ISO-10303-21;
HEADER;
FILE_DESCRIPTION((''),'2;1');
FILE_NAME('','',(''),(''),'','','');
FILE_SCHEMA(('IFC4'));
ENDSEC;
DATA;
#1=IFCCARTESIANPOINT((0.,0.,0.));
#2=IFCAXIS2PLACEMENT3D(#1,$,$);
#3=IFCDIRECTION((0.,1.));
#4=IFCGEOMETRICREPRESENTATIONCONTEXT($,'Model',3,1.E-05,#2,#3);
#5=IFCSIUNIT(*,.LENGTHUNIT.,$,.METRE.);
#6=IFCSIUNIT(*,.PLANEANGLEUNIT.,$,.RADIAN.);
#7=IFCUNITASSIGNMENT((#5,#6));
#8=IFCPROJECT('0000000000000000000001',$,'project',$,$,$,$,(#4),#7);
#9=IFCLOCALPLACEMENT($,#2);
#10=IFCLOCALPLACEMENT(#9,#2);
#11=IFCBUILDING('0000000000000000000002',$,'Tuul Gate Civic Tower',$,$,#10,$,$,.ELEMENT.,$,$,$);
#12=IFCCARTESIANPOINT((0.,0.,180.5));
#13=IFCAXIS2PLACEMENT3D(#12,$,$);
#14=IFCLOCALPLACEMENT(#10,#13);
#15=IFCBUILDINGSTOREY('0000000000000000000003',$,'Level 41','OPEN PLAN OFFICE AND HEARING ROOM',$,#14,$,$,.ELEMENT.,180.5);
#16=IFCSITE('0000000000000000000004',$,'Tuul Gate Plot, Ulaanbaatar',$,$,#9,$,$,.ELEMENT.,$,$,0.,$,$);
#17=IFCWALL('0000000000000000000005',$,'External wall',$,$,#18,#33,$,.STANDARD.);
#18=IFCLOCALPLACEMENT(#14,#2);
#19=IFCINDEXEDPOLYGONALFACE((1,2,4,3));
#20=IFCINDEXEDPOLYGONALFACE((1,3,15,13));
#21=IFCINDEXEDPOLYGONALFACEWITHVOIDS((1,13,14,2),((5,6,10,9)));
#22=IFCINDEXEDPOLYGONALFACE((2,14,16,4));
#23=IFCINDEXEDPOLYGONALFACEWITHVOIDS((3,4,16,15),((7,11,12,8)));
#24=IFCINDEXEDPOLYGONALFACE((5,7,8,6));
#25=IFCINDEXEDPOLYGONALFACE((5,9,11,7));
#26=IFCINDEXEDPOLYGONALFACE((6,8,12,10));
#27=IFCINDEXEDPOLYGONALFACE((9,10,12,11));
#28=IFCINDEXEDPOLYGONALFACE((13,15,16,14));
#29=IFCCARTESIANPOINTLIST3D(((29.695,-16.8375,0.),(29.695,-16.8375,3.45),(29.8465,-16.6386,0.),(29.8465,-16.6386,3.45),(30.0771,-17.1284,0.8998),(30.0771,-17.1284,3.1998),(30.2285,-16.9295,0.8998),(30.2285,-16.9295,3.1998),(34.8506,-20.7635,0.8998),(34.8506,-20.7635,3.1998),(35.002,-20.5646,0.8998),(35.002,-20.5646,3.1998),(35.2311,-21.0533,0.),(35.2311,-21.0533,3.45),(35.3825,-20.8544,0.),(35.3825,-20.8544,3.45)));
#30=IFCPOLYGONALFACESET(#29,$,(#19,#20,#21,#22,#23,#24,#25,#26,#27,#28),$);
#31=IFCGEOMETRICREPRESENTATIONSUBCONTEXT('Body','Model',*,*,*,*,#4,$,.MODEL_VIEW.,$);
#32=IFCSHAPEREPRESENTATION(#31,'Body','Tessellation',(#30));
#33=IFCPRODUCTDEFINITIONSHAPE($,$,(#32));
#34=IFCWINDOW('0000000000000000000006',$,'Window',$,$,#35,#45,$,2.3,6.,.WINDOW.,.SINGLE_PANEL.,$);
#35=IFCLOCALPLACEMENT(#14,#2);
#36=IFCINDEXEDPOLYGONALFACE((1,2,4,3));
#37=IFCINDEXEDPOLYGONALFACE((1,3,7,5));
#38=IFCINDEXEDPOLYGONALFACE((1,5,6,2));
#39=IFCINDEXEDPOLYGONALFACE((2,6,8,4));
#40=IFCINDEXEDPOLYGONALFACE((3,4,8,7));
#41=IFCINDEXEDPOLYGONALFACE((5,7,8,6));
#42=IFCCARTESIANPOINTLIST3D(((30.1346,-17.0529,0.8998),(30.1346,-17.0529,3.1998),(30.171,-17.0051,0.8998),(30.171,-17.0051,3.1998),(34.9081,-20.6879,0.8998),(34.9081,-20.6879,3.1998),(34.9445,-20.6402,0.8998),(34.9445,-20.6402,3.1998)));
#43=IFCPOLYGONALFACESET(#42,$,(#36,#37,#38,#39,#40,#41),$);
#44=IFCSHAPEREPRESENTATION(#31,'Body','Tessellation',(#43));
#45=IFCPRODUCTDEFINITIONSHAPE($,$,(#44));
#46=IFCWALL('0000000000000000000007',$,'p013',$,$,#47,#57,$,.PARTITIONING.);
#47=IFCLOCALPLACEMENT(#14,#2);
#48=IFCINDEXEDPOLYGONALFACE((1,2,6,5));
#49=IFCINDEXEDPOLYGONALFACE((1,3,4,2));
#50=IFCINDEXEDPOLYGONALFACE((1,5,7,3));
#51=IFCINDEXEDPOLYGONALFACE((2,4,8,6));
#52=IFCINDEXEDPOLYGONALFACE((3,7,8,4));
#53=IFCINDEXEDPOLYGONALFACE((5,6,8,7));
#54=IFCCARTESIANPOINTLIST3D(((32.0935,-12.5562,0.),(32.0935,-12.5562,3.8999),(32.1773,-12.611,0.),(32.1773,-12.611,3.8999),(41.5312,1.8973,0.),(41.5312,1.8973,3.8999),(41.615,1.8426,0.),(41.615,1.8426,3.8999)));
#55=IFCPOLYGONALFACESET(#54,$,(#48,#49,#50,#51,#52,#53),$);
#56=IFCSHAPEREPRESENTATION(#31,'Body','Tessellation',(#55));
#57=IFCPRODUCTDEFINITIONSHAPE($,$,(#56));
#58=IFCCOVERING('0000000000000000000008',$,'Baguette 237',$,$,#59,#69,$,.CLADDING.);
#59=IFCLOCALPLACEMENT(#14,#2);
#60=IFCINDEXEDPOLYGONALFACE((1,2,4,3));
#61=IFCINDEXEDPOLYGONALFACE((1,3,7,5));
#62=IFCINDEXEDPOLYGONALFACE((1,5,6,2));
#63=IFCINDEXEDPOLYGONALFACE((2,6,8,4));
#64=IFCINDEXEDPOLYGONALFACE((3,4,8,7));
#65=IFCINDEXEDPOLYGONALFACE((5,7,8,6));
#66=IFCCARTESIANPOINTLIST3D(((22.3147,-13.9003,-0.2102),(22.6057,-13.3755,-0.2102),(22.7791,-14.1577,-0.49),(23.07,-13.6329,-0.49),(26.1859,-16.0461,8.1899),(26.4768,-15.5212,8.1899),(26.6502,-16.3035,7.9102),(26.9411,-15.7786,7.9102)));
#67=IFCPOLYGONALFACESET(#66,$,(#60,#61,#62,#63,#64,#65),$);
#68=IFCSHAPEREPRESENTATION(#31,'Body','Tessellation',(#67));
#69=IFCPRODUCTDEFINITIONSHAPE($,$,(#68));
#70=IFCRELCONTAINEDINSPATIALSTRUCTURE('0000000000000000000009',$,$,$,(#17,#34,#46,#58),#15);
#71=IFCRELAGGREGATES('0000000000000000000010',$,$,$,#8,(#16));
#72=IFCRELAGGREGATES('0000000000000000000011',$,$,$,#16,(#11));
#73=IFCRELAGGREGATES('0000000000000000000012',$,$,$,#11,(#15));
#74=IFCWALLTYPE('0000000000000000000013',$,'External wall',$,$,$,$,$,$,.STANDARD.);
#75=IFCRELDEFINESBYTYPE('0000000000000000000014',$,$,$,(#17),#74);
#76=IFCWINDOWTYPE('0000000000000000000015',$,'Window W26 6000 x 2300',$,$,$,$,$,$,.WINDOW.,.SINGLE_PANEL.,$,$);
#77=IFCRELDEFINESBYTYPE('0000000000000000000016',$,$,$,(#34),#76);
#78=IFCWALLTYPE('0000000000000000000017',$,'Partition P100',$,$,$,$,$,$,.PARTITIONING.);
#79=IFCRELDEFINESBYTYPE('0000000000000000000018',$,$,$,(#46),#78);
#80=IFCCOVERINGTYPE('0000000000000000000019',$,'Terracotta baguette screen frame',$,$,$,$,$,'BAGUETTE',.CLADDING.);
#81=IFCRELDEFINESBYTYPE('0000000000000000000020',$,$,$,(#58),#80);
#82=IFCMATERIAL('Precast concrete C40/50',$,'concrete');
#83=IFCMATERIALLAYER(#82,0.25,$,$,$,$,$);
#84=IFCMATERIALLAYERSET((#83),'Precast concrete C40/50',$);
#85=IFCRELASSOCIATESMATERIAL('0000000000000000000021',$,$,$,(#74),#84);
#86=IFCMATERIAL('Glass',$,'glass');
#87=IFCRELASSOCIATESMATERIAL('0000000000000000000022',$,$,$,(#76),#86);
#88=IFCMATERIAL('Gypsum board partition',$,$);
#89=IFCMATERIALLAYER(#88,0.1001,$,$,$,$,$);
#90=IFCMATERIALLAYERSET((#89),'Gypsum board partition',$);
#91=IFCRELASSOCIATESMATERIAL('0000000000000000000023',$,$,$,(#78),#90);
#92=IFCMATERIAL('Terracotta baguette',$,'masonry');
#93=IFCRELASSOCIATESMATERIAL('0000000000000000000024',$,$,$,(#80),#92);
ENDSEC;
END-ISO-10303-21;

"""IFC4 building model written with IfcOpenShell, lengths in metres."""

from ifc_helpers import new_model, si_unit, direction, frame, frame_2d, origin, origin_2d, place, context, subcontext, project, spatial, rectangle, extrude, material, layer, layer_set, material_profile, profile_set, type_object, element, fill, save


model = new_model("IFC4")

# Units and contexts
model_context = context("Model", 3, precision=1e-05, world=origin(), true_north=direction((0.0, 1.0)))
body_context = subcontext(model_context, "Body", "Model", "MODEL_VIEW")
ifc_project = project(units=[si_unit("LENGTHUNIT", "METRE"), si_unit("PLANEANGLEUNIT", "RADIAN")], contexts=[model_context])

# Site, building, storey
site_placement = place(None, origin())
site = spatial("IfcSite", under=ifc_project, at=site_placement, Name="Tuul Gate Plot, Ulaanbaatar", CompositionType="ELEMENT", RefElevation=0.0)
building_placement = place(site_placement, origin())
building = spatial("IfcBuilding", under=site, at=building_placement, Name="Tuul Gate Civic Tower", CompositionType="ELEMENT")
storey_placement = place(building_placement, frame((0.0, 0.0, 180.5)))
storey = spatial("IfcBuildingStorey", under=building, at=storey_placement, Name="Level 41", Description="OPEN PLAN OFFICE AND HEARING ROOM", CompositionType="ELEMENT", Elevation=180.5)

# Wall, opening, window
ifc_material_1 = material(Name="Precast concrete C40/50", Category="concrete")
ifc_layer_1 = layer(ifc_material_1, 0.25)
ifc_layer_set_1 = layer_set([ifc_layer_1], Name="Precast concrete C40/50")
wall_type_1 = type_object("IfcWallType", Name="External wall", PredefinedType="STANDARD", material=ifc_layer_set_1)
ifc_material_2 = material(Name="Glass", Category="glass")
window_type = type_object("IfcWindowType", Name="Window W26 6000 x 2300", PartitioningType="SINGLE_PANEL", PredefinedType="WINDOW", material=ifc_material_2)
wall_1_placement = place(storey_placement, frame((29.7708, -16.738, 0.0), z_axis=(0.0, 0.0, 1.0), x_axis=(0.795583, -0.605844, 0.0)))
wall_1 = element("IfcWall", 1, at=wall_1_placement, inside=storey, type_object=wall_type_1, Name="External wall", PredefinedType="STANDARD", context=body_context, shape_type="SweptSolid", body=[
    extrude(rectangle(XDim=6.9585, YDim=0.25, at=frame_2d((3.4792, 0.0))), origin(), (0.0, 0.0, 1.0), 3.45),
])
opening_1_placement = place(wall_1_placement, frame((0.4802, 0.0, 0.8999)))
opening_1 = element("IfcOpeningElement", 2, at=opening_1_placement, cuts=wall_1, PredefinedType="OPENING", context=body_context, shape_type="SweptSolid", body=[
    extrude(rectangle(XDim=6.0, YDim=2.3, at=frame_2d((3.0, 1.1499))), frame((0.0, 0.135, 0.0), z_axis=(0.0, -1.0, 0.0), x_axis=(1.0, 0.0, 0.0)), (0.0, 0.0, 1.0), 0.27),
])
window_1_placement = place(opening_1_placement, origin())
window_1 = element("IfcWindow", 3, at=window_1_placement, inside=storey, type_object=window_type, Name="Window", OverallHeight=2.3, OverallWidth=6.0, PartitioningType="SINGLE_PANEL", PredefinedType="WINDOW", context=body_context, shape_type="SweptSolid", body=[
    extrude(rectangle(XDim=6.0, YDim=2.3, at=frame_2d((3.0, 1.1499))), frame((0.0, 0.03, 0.0), z_axis=(0.0, -1.0, 0.0), x_axis=(1.0, 0.0, 0.0)), (0.0, 0.0, 1.0), 0.0601),
])
fill(opening_1, window_1)

# Wall
ifc_material_3 = material(Name="Gypsum board partition")
ifc_layer_2 = layer(ifc_material_3, 0.1001)
ifc_layer_set_2 = layer_set([ifc_layer_2], Name="Gypsum board partition")
wall_type_2 = type_object("IfcWallType", Name="Partition P100", PredefinedType="PARTITIONING", material=ifc_layer_set_2)
wall_2_placement = place(storey_placement, frame((32.1355, -12.5835, 0.0), z_axis=(0.0, 0.0, 1.0), x_axis=(0.546734, 0.837306, 0.0)))
element("IfcWall", 4, at=wall_2_placement, inside=storey, type_object=wall_type_2, Name="p013", PredefinedType="PARTITIONING", context=body_context, shape_type="SweptSolid", body=[
    extrude(rectangle(XDim=17.262, YDim=0.1001, at=frame_2d((8.6309, 0.0))), origin(), (0.0, 0.0, 1.0), 3.8999),
])

# Covering
ifc_material_4 = material(Name="Terracotta baguette", Category="masonry")
ifc_material_profile_1 = material_profile(ifc_material_4, rectangle(XDim=0.6001, YDim=0.6001, at=origin_2d()), Name="Terracotta baguette screen frame")
ifc_profile_set_1 = profile_set([ifc_material_profile_1], Name="Terracotta baguette")
covering_type = type_object("IfcCoveringType", Name="Terracotta baguette screen frame", ElementType="BAGUETTE", PredefinedType="CLADDING", material=ifc_profile_set_1)
covering_placement = place(storey_placement, frame((22.6924, -13.7666, -0.3501), z_axis=(0.407705, -0.225991, 0.884706), x_axis=(0.484804, 0.874623, 0.0)))
element("IfcCovering", 5, at=covering_placement, inside=storey, type_object=covering_type, Name="Baguette 237", PredefinedType="CLADDING", context=body_context, shape_type="SweptSolid", body=[
    extrude(rectangle(XDim=0.6001, YDim=0.6001, at=origin_2d()), origin(), (0.0, 0.0, 1.0), 9.4949),
])

save(model, "model.ifc")
